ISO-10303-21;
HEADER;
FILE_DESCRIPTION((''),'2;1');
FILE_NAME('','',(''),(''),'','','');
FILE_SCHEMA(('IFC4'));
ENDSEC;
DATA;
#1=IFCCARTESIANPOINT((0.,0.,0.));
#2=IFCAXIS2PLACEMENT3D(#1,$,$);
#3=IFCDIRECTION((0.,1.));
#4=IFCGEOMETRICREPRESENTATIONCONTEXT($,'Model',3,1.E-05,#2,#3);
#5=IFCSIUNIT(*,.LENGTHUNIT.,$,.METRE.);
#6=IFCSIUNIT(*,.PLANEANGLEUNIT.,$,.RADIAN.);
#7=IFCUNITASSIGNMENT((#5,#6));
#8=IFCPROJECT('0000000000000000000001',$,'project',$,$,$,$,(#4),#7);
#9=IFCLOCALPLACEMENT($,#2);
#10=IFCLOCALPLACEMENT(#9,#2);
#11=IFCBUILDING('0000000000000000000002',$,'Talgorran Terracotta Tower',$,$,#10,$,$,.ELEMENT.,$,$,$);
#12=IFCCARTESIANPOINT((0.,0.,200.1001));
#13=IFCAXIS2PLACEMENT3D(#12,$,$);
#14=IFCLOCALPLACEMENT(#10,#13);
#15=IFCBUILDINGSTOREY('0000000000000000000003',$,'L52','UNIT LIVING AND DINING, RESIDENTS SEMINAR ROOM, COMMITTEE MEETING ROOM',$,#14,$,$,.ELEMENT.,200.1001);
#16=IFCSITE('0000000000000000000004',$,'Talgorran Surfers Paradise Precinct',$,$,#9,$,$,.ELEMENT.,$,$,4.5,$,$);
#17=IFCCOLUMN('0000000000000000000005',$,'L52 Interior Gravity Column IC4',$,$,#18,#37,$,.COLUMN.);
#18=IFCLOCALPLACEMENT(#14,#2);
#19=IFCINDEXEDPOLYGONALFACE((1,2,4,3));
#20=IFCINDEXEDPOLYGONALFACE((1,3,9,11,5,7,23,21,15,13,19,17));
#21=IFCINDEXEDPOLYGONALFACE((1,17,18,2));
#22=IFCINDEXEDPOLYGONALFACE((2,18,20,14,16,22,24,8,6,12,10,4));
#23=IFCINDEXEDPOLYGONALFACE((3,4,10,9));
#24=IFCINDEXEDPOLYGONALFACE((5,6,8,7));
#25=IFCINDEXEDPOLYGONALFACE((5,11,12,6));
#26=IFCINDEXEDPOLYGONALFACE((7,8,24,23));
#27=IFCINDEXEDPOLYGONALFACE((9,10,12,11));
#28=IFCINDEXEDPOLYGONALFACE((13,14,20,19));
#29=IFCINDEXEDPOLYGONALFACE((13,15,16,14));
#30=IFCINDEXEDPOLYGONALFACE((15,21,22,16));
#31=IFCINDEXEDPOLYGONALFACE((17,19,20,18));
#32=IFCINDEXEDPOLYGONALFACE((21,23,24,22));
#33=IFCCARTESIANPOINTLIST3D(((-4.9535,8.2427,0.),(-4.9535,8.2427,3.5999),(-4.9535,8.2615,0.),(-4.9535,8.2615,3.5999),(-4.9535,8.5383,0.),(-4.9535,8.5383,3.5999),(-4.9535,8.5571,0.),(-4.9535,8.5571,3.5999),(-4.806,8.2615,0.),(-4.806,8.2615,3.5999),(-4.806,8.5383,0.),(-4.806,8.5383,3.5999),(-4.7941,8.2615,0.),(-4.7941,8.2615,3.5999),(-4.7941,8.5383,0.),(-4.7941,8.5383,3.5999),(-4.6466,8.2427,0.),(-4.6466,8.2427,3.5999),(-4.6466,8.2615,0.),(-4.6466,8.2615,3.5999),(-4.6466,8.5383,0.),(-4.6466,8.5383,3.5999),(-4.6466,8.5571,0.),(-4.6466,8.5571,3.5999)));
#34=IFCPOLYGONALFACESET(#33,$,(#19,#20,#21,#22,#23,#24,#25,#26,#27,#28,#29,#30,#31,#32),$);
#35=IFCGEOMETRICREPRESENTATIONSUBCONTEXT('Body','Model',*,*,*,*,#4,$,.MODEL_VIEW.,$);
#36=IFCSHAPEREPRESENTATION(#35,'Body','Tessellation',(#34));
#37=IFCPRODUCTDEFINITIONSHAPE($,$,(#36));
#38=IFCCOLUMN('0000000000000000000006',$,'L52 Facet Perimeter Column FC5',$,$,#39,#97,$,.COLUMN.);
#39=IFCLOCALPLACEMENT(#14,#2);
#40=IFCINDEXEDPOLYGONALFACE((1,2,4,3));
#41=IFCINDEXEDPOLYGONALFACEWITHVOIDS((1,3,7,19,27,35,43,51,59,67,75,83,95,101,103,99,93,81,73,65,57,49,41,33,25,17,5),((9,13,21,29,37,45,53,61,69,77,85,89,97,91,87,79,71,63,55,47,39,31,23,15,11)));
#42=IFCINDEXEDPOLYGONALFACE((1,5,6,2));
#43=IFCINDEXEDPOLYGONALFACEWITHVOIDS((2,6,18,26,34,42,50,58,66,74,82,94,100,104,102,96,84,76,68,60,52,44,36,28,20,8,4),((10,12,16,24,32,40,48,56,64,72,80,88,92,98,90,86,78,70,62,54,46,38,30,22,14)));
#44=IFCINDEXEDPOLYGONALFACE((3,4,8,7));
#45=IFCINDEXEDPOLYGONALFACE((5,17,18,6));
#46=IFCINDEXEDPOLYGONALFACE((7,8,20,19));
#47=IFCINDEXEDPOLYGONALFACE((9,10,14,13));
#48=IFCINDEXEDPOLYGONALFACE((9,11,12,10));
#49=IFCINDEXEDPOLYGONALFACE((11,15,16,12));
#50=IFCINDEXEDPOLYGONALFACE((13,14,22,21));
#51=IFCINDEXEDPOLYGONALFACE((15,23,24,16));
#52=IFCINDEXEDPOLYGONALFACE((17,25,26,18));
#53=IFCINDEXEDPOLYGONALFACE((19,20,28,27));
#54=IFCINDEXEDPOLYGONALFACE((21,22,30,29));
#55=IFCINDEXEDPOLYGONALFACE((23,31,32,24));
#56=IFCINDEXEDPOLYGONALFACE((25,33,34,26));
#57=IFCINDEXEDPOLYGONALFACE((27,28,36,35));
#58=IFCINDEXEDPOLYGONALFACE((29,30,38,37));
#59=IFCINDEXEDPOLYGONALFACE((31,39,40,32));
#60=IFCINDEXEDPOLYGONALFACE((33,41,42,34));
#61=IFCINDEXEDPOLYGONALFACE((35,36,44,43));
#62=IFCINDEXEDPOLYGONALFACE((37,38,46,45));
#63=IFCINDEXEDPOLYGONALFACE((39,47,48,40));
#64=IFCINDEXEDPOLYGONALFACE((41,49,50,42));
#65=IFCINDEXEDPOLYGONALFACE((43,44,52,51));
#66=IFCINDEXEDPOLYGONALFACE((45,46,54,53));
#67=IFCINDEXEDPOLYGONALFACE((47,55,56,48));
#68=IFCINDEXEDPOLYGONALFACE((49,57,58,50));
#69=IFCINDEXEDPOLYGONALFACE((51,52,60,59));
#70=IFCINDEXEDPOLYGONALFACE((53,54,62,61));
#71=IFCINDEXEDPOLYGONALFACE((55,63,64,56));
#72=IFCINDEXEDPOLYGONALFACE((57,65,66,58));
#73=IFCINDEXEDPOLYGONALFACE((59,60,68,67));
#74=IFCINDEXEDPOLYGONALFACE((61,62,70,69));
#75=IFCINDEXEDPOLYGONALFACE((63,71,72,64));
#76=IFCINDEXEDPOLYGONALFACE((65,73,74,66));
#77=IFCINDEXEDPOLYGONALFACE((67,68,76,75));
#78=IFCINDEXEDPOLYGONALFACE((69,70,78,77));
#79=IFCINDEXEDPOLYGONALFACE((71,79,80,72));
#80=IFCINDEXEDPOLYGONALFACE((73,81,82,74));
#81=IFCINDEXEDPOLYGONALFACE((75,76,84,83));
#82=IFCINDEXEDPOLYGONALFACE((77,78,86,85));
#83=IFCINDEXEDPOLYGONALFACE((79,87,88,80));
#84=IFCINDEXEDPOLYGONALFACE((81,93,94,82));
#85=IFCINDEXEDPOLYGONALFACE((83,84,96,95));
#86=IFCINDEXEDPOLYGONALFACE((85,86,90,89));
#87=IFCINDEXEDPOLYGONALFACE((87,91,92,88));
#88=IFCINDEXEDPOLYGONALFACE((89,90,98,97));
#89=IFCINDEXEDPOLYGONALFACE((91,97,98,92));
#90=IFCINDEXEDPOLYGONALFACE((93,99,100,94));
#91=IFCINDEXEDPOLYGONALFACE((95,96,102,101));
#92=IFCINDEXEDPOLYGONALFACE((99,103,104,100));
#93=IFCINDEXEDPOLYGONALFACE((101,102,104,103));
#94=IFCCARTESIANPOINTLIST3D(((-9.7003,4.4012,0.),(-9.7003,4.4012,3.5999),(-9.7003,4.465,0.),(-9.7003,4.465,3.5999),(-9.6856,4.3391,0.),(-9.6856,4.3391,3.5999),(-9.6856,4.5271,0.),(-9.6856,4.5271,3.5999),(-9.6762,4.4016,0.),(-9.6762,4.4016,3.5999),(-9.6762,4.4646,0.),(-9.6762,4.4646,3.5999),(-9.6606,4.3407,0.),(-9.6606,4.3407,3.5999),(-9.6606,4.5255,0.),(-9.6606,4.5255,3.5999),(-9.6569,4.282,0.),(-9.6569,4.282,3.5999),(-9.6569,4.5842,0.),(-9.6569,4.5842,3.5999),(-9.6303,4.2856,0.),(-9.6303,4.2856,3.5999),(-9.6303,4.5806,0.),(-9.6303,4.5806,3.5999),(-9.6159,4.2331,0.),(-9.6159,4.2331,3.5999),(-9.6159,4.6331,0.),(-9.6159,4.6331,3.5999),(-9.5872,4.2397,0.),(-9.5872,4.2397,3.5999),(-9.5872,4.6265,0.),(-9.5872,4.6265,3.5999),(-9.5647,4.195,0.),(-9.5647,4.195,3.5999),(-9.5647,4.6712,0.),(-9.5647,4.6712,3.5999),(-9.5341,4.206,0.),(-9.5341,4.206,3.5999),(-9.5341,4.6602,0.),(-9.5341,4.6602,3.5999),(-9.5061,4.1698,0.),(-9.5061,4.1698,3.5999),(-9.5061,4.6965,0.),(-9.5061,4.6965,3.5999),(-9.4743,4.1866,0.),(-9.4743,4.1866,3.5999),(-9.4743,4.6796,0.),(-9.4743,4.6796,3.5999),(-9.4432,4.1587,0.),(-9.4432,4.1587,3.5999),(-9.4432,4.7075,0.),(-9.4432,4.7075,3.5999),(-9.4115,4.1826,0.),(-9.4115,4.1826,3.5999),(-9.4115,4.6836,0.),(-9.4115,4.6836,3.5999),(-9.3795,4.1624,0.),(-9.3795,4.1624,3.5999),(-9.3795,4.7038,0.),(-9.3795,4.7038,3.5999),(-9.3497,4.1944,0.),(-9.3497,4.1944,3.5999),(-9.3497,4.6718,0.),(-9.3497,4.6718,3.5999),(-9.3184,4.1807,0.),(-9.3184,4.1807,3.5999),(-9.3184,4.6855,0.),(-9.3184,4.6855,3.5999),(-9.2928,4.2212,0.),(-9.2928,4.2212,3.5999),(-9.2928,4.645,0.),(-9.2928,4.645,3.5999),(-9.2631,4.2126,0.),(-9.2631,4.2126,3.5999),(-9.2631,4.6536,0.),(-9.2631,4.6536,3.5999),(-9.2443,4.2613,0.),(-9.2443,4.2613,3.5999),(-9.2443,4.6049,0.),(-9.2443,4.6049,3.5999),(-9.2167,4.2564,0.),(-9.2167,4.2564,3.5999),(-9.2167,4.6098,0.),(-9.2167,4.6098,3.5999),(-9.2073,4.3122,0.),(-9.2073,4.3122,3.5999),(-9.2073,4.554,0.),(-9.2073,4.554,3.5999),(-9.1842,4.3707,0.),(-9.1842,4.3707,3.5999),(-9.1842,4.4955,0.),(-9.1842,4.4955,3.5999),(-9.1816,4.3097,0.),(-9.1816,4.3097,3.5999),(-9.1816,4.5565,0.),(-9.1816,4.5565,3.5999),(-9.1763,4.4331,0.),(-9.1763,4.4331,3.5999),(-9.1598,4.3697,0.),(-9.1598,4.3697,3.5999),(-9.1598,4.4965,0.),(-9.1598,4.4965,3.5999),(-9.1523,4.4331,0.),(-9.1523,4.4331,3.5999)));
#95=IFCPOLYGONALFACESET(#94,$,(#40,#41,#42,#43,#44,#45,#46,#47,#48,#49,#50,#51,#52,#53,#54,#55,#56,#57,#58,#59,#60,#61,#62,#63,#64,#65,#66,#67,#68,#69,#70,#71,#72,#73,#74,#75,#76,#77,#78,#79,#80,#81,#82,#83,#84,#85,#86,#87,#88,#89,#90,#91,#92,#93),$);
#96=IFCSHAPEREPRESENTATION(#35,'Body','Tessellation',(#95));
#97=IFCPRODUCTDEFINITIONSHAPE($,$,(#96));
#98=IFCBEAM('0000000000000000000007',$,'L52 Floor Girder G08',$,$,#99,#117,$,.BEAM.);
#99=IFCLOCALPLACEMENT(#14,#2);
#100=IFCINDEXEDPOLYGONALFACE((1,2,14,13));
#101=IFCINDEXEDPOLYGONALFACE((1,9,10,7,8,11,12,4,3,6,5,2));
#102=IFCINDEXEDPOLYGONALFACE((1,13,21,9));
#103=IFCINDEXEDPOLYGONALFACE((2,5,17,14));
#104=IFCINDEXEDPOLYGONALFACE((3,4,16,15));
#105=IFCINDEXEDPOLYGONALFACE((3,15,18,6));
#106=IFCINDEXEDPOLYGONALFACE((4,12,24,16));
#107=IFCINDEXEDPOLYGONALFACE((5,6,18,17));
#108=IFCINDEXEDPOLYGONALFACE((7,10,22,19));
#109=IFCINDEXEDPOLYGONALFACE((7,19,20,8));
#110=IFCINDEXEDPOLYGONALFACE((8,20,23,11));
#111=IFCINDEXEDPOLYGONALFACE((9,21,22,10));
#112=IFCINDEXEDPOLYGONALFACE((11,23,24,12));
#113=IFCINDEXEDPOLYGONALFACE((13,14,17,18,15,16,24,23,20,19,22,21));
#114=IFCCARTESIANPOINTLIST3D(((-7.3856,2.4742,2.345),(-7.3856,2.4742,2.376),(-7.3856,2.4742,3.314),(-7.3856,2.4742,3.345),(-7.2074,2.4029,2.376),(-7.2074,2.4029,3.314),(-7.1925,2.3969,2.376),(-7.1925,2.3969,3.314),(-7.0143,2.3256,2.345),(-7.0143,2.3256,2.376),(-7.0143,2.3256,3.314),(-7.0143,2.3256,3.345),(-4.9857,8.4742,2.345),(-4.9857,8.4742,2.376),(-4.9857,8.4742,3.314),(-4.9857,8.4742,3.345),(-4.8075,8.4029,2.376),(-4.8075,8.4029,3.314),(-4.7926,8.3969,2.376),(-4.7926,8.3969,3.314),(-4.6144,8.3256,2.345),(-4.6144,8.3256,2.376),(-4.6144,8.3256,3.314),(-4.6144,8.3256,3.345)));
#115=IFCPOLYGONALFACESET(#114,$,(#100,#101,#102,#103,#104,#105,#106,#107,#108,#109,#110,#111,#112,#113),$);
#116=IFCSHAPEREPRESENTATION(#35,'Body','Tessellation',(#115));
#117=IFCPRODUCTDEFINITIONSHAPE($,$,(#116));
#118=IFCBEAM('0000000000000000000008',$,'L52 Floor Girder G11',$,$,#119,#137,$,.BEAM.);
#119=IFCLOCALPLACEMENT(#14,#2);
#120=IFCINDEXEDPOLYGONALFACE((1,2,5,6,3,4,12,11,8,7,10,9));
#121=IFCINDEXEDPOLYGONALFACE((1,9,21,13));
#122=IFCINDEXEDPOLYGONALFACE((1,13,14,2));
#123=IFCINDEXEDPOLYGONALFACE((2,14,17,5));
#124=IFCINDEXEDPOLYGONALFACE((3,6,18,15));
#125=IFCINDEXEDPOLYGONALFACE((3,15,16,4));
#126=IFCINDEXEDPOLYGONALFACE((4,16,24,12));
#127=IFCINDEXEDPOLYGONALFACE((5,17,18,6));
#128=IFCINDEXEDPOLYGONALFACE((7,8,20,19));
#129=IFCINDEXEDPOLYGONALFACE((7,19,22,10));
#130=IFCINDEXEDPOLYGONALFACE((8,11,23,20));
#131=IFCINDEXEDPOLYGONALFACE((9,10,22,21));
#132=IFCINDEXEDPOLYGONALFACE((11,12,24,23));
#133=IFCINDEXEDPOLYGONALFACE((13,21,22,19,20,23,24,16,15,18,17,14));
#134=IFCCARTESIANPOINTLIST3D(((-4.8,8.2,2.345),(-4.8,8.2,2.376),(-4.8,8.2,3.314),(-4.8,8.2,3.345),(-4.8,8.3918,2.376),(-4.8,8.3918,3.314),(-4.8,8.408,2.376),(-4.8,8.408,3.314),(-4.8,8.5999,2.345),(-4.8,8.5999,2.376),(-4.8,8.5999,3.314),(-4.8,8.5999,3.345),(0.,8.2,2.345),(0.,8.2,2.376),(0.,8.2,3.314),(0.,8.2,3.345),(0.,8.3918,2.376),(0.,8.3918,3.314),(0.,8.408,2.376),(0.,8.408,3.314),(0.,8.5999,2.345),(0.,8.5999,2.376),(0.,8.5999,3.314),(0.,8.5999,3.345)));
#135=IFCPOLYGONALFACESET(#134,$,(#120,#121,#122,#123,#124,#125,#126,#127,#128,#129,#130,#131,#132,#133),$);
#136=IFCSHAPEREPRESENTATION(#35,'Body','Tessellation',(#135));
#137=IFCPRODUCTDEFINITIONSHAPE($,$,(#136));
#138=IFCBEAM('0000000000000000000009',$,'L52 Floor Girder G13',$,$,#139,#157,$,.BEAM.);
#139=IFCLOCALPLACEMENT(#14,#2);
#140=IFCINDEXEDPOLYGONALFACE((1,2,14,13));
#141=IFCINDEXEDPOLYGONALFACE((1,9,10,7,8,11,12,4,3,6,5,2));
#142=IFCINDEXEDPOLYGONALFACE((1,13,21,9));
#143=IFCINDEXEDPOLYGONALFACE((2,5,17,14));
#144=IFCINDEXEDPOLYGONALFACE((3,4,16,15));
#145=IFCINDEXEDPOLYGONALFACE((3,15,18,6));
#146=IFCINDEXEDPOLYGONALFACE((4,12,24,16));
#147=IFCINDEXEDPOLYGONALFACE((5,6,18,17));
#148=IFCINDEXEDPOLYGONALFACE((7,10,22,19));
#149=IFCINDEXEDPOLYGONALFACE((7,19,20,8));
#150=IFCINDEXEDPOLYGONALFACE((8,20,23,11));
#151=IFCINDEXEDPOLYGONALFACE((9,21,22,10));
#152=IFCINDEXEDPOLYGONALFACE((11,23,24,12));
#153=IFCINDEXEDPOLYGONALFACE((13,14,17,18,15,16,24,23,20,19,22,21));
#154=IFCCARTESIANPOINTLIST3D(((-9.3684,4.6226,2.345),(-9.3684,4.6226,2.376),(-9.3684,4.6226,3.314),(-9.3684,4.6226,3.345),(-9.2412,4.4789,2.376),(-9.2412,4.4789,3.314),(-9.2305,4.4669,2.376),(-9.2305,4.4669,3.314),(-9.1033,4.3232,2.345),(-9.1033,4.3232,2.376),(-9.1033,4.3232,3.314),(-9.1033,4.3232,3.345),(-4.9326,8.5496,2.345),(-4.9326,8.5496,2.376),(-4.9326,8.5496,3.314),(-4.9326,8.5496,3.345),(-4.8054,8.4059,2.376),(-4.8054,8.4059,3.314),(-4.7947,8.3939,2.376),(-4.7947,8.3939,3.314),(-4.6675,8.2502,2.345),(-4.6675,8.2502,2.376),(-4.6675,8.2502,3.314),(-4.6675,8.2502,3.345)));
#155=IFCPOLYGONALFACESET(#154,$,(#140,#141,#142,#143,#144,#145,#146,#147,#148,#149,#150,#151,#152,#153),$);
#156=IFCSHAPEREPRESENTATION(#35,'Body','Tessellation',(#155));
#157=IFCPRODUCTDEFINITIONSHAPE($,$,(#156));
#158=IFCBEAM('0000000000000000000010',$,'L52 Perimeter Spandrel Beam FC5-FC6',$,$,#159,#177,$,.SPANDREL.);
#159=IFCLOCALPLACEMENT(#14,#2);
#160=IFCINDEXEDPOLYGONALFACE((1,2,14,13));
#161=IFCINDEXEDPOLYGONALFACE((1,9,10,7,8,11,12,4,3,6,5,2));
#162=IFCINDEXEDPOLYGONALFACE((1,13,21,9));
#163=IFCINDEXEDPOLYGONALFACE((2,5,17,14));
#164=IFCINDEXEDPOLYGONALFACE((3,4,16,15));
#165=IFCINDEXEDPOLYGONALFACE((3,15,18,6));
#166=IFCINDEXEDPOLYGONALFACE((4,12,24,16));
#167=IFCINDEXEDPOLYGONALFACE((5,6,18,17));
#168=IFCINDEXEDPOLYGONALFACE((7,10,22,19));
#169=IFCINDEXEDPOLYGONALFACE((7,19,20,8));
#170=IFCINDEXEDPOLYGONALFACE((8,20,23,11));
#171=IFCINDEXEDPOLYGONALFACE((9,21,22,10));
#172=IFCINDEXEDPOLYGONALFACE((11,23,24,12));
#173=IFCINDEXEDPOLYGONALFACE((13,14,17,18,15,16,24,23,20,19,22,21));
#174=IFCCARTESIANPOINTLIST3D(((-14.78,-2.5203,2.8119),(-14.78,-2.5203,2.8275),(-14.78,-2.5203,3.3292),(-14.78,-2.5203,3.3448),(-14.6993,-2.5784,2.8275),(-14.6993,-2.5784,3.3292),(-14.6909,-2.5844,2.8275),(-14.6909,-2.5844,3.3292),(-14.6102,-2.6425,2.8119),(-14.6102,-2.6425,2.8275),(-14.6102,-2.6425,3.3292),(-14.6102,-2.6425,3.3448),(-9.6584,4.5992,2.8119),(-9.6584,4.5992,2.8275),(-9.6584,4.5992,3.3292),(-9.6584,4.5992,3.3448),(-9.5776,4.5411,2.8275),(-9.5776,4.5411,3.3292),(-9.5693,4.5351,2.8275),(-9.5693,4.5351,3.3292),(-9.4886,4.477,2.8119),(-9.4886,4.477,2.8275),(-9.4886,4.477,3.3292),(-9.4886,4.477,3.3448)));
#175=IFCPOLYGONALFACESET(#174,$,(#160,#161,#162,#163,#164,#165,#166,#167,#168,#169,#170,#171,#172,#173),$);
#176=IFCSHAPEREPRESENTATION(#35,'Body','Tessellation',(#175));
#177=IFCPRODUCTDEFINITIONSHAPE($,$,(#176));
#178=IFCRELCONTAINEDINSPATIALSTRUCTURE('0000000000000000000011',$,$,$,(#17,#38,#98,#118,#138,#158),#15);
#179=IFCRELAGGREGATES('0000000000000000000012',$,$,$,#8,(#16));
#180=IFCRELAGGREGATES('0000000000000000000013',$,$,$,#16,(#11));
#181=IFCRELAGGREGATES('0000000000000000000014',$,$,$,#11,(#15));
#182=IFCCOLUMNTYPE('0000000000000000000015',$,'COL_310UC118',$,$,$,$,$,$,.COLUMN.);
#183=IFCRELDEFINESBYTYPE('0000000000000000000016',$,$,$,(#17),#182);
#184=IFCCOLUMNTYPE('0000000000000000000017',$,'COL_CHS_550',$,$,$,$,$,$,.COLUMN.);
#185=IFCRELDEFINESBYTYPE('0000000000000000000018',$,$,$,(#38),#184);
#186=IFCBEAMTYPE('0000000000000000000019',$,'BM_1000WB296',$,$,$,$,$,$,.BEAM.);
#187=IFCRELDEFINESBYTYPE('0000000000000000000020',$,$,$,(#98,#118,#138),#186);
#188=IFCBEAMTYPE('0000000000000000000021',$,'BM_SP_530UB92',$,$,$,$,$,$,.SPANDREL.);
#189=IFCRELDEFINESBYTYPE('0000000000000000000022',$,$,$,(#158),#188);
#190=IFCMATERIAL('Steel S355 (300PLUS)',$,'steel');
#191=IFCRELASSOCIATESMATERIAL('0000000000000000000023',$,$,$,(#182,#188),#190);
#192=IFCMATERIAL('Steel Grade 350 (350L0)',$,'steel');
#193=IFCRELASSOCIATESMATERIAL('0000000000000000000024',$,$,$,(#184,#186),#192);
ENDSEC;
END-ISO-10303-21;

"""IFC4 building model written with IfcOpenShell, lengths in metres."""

from ifc_helpers import new_model, si_unit, direction, frame, origin, origin_2d, place, context, subcontext, project, spatial, hollow_circle, i_section, extrude, material, material_profile, profile_set, type_object, element, save


model = new_model("IFC4")

# Units and contexts
model_context = context("Model", 3, precision=1e-05, world=origin(), true_north=direction((0.0, 1.0)))
body_context = subcontext(model_context, "Body", "Model", "MODEL_VIEW")
ifc_project = project(units=[si_unit("LENGTHUNIT", "METRE"), si_unit("PLANEANGLEUNIT", "RADIAN")], contexts=[model_context])

# Site, building, storey
site_placement = place(None, origin())
site = spatial("IfcSite", under=ifc_project, at=site_placement, Name="Talgorran Surfers Paradise Precinct", CompositionType="ELEMENT", RefElevation=4.5)
building_placement = place(site_placement, origin())
building = spatial("IfcBuilding", under=site, at=building_placement, Name="Talgorran Terracotta Tower", CompositionType="ELEMENT")
storey_placement = place(building_placement, frame((0.0, 0.0, 200.1001)))
storey = spatial("IfcBuildingStorey", under=building, at=storey_placement, Name="L52", Description="UNIT LIVING AND DINING, RESIDENTS SEMINAR ROOM, COMMITTEE MEETING ROOM", CompositionType="ELEMENT", Elevation=200.1001)

# Columns
ifc_material_1 = material(Name="Steel S355 (300PLUS)", Category="steel")
ifc_material_profile_1 = material_profile(ifc_material_1, i_section(OverallWidth=0.3069, OverallDepth=0.3145, WebThickness=0.012, FlangeThickness=0.0188, at=origin_2d()), Name="310UC118")
ifc_profile_set_1 = profile_set([ifc_material_profile_1], Name="Steel S355 (300PLUS)")
column_type_1 = type_object("IfcColumnType", Name="COL_310UC118", PredefinedType="COLUMN", material=ifc_profile_set_1)
column_1_placement = place(storey_placement, frame((-4.8, 8.3999, 0.0), z_axis=(0.0, 0.0, 1.0), x_axis=(1.0, 0.0, 0.0)))
element("IfcColumn", 1, at=column_1_placement, inside=storey, type_object=column_type_1, Name="L52 Interior Gravity Column IC4", PredefinedType="COLUMN", context=body_context, shape_type="SweptSolid", body=[
    extrude(i_section(OverallWidth=0.3069, OverallDepth=0.3145, WebThickness=0.012, FlangeThickness=0.0188, at=origin_2d()), origin(), (0.0, 0.0, 1.0), 3.5999),
])
ifc_material_2 = material(Name="Steel Grade 350 (350L0)", Category="steel")
ifc_material_profile_2 = material_profile(ifc_material_2, hollow_circle(Radius=0.2749, WallThickness=0.0239, at=origin_2d()), Name="CHS550X24")
ifc_profile_set_2 = profile_set([ifc_material_profile_2], Name="Steel Grade 350 (350L0)")
column_type_2 = type_object("IfcColumnType", Name="COL_CHS_550", PredefinedType="COLUMN", material=ifc_profile_set_2)
column_2_placement = place(storey_placement, frame((-9.4272, 4.4331, 0.0), z_axis=(0.0, 0.0, 1.0), x_axis=(1.0, 0.0, 0.0)))
element("IfcColumn", 2, at=column_2_placement, inside=storey, type_object=column_type_2, Name="L52 Facet Perimeter Column FC5", PredefinedType="COLUMN", context=body_context, shape_type="SweptSolid", body=[
    extrude(hollow_circle(Radius=0.2749, WallThickness=0.0239, at=origin_2d()), origin(), (0.0, 0.0, 1.0), 3.5999),
])

# Beams
ifc_material_profile_3 = material_profile(ifc_material_2, i_section(OverallWidth=0.3999, OverallDepth=1.0, WebThickness=0.0161, FlangeThickness=0.031, at=origin_2d()), Name="1000WB296")
ifc_profile_set_3 = profile_set([ifc_material_profile_3], Name="Steel Grade 350 (350L0)")
beam_type_1 = type_object("IfcBeamType", Name="BM_1000WB296", PredefinedType="BEAM", material=ifc_profile_set_3)
beam_1_placement = place(storey_placement, frame((-7.2, 2.3999, 2.845), z_axis=(0.371378, 0.928482, 0.0), x_axis=(-0.928482, 0.371378, 0.0)))
element("IfcBeam", 3, at=beam_1_placement, inside=storey, type_object=beam_type_1, Name="L52 Floor Girder G08", PredefinedType="BEAM", context=body_context, shape_type="SweptSolid", body=[
    extrude(i_section(OverallWidth=0.3999, OverallDepth=1.0, WebThickness=0.0161, FlangeThickness=0.031, at=origin_2d()), origin(), (0.0, 0.0, 1.0), 6.4622),
])
beam_2_placement = place(storey_placement, frame((-4.8, 8.3999, 2.845), z_axis=(1.0, 0.0, 0.0), x_axis=(0.0, 1.0, 0.0)))
element("IfcBeam", 4, at=beam_2_placement, inside=storey, type_object=beam_type_1, Name="L52 Floor Girder G11", PredefinedType="BEAM", context=body_context, shape_type="SweptSolid", body=[
    extrude(i_section(OverallWidth=0.3999, OverallDepth=1.0, WebThickness=0.0161, FlangeThickness=0.031, at=origin_2d()), origin(), (0.0, 0.0, 1.0), 4.8),
])
beam_3_placement = place(storey_placement, frame((-4.8, 8.3999, 2.845), z_axis=(-0.748742, -0.662861, 0.0), x_axis=(0.662861, -0.748742, 0.0)))
element("IfcBeam", 5, at=beam_3_placement, inside=storey, type_object=beam_type_1, Name="L52 Floor Girder G13", PredefinedType="BEAM", context=body_context, shape_type="SweptSolid", body=[
    extrude(i_section(OverallWidth=0.3999, OverallDepth=1.0, WebThickness=0.0161, FlangeThickness=0.031, at=origin_2d()), origin(), (0.0, 0.0, 1.0), 5.9243),
])
ifc_material_profile_4 = material_profile(ifc_material_1, i_section(OverallWidth=0.2092, OverallDepth=0.533, WebThickness=0.0103, FlangeThickness=0.0156, at=origin_2d()), Name="530UB92.4")
ifc_profile_set_4 = profile_set([ifc_material_profile_4], Name="Steel S355 (300PLUS)")
beam_type_2 = type_object("IfcBeamType", Name="BM_SP_530UB92", PredefinedType="SPANDREL", material=ifc_profile_set_4)
beam_4_placement = place(storey_placement, frame((-9.5735, 4.5381, 3.0784), z_axis=(-0.583976, -0.811771, 0.0), x_axis=(0.811771, -0.583976, 0.0)))
element("IfcBeam", 6, at=beam_4_placement, inside=storey, type_object=beam_type_2, Name="L52 Perimeter Spandrel Beam FC5-FC6", PredefinedType="SPANDREL", context=body_context, shape_type="SweptSolid", body=[
    extrude(i_section(OverallWidth=0.2092, OverallDepth=0.533, WebThickness=0.0103, FlangeThickness=0.0156, at=origin_2d()), origin(), (0.0, 0.0, 1.0), 8.7703),
])

save(model, "model.ifc")
